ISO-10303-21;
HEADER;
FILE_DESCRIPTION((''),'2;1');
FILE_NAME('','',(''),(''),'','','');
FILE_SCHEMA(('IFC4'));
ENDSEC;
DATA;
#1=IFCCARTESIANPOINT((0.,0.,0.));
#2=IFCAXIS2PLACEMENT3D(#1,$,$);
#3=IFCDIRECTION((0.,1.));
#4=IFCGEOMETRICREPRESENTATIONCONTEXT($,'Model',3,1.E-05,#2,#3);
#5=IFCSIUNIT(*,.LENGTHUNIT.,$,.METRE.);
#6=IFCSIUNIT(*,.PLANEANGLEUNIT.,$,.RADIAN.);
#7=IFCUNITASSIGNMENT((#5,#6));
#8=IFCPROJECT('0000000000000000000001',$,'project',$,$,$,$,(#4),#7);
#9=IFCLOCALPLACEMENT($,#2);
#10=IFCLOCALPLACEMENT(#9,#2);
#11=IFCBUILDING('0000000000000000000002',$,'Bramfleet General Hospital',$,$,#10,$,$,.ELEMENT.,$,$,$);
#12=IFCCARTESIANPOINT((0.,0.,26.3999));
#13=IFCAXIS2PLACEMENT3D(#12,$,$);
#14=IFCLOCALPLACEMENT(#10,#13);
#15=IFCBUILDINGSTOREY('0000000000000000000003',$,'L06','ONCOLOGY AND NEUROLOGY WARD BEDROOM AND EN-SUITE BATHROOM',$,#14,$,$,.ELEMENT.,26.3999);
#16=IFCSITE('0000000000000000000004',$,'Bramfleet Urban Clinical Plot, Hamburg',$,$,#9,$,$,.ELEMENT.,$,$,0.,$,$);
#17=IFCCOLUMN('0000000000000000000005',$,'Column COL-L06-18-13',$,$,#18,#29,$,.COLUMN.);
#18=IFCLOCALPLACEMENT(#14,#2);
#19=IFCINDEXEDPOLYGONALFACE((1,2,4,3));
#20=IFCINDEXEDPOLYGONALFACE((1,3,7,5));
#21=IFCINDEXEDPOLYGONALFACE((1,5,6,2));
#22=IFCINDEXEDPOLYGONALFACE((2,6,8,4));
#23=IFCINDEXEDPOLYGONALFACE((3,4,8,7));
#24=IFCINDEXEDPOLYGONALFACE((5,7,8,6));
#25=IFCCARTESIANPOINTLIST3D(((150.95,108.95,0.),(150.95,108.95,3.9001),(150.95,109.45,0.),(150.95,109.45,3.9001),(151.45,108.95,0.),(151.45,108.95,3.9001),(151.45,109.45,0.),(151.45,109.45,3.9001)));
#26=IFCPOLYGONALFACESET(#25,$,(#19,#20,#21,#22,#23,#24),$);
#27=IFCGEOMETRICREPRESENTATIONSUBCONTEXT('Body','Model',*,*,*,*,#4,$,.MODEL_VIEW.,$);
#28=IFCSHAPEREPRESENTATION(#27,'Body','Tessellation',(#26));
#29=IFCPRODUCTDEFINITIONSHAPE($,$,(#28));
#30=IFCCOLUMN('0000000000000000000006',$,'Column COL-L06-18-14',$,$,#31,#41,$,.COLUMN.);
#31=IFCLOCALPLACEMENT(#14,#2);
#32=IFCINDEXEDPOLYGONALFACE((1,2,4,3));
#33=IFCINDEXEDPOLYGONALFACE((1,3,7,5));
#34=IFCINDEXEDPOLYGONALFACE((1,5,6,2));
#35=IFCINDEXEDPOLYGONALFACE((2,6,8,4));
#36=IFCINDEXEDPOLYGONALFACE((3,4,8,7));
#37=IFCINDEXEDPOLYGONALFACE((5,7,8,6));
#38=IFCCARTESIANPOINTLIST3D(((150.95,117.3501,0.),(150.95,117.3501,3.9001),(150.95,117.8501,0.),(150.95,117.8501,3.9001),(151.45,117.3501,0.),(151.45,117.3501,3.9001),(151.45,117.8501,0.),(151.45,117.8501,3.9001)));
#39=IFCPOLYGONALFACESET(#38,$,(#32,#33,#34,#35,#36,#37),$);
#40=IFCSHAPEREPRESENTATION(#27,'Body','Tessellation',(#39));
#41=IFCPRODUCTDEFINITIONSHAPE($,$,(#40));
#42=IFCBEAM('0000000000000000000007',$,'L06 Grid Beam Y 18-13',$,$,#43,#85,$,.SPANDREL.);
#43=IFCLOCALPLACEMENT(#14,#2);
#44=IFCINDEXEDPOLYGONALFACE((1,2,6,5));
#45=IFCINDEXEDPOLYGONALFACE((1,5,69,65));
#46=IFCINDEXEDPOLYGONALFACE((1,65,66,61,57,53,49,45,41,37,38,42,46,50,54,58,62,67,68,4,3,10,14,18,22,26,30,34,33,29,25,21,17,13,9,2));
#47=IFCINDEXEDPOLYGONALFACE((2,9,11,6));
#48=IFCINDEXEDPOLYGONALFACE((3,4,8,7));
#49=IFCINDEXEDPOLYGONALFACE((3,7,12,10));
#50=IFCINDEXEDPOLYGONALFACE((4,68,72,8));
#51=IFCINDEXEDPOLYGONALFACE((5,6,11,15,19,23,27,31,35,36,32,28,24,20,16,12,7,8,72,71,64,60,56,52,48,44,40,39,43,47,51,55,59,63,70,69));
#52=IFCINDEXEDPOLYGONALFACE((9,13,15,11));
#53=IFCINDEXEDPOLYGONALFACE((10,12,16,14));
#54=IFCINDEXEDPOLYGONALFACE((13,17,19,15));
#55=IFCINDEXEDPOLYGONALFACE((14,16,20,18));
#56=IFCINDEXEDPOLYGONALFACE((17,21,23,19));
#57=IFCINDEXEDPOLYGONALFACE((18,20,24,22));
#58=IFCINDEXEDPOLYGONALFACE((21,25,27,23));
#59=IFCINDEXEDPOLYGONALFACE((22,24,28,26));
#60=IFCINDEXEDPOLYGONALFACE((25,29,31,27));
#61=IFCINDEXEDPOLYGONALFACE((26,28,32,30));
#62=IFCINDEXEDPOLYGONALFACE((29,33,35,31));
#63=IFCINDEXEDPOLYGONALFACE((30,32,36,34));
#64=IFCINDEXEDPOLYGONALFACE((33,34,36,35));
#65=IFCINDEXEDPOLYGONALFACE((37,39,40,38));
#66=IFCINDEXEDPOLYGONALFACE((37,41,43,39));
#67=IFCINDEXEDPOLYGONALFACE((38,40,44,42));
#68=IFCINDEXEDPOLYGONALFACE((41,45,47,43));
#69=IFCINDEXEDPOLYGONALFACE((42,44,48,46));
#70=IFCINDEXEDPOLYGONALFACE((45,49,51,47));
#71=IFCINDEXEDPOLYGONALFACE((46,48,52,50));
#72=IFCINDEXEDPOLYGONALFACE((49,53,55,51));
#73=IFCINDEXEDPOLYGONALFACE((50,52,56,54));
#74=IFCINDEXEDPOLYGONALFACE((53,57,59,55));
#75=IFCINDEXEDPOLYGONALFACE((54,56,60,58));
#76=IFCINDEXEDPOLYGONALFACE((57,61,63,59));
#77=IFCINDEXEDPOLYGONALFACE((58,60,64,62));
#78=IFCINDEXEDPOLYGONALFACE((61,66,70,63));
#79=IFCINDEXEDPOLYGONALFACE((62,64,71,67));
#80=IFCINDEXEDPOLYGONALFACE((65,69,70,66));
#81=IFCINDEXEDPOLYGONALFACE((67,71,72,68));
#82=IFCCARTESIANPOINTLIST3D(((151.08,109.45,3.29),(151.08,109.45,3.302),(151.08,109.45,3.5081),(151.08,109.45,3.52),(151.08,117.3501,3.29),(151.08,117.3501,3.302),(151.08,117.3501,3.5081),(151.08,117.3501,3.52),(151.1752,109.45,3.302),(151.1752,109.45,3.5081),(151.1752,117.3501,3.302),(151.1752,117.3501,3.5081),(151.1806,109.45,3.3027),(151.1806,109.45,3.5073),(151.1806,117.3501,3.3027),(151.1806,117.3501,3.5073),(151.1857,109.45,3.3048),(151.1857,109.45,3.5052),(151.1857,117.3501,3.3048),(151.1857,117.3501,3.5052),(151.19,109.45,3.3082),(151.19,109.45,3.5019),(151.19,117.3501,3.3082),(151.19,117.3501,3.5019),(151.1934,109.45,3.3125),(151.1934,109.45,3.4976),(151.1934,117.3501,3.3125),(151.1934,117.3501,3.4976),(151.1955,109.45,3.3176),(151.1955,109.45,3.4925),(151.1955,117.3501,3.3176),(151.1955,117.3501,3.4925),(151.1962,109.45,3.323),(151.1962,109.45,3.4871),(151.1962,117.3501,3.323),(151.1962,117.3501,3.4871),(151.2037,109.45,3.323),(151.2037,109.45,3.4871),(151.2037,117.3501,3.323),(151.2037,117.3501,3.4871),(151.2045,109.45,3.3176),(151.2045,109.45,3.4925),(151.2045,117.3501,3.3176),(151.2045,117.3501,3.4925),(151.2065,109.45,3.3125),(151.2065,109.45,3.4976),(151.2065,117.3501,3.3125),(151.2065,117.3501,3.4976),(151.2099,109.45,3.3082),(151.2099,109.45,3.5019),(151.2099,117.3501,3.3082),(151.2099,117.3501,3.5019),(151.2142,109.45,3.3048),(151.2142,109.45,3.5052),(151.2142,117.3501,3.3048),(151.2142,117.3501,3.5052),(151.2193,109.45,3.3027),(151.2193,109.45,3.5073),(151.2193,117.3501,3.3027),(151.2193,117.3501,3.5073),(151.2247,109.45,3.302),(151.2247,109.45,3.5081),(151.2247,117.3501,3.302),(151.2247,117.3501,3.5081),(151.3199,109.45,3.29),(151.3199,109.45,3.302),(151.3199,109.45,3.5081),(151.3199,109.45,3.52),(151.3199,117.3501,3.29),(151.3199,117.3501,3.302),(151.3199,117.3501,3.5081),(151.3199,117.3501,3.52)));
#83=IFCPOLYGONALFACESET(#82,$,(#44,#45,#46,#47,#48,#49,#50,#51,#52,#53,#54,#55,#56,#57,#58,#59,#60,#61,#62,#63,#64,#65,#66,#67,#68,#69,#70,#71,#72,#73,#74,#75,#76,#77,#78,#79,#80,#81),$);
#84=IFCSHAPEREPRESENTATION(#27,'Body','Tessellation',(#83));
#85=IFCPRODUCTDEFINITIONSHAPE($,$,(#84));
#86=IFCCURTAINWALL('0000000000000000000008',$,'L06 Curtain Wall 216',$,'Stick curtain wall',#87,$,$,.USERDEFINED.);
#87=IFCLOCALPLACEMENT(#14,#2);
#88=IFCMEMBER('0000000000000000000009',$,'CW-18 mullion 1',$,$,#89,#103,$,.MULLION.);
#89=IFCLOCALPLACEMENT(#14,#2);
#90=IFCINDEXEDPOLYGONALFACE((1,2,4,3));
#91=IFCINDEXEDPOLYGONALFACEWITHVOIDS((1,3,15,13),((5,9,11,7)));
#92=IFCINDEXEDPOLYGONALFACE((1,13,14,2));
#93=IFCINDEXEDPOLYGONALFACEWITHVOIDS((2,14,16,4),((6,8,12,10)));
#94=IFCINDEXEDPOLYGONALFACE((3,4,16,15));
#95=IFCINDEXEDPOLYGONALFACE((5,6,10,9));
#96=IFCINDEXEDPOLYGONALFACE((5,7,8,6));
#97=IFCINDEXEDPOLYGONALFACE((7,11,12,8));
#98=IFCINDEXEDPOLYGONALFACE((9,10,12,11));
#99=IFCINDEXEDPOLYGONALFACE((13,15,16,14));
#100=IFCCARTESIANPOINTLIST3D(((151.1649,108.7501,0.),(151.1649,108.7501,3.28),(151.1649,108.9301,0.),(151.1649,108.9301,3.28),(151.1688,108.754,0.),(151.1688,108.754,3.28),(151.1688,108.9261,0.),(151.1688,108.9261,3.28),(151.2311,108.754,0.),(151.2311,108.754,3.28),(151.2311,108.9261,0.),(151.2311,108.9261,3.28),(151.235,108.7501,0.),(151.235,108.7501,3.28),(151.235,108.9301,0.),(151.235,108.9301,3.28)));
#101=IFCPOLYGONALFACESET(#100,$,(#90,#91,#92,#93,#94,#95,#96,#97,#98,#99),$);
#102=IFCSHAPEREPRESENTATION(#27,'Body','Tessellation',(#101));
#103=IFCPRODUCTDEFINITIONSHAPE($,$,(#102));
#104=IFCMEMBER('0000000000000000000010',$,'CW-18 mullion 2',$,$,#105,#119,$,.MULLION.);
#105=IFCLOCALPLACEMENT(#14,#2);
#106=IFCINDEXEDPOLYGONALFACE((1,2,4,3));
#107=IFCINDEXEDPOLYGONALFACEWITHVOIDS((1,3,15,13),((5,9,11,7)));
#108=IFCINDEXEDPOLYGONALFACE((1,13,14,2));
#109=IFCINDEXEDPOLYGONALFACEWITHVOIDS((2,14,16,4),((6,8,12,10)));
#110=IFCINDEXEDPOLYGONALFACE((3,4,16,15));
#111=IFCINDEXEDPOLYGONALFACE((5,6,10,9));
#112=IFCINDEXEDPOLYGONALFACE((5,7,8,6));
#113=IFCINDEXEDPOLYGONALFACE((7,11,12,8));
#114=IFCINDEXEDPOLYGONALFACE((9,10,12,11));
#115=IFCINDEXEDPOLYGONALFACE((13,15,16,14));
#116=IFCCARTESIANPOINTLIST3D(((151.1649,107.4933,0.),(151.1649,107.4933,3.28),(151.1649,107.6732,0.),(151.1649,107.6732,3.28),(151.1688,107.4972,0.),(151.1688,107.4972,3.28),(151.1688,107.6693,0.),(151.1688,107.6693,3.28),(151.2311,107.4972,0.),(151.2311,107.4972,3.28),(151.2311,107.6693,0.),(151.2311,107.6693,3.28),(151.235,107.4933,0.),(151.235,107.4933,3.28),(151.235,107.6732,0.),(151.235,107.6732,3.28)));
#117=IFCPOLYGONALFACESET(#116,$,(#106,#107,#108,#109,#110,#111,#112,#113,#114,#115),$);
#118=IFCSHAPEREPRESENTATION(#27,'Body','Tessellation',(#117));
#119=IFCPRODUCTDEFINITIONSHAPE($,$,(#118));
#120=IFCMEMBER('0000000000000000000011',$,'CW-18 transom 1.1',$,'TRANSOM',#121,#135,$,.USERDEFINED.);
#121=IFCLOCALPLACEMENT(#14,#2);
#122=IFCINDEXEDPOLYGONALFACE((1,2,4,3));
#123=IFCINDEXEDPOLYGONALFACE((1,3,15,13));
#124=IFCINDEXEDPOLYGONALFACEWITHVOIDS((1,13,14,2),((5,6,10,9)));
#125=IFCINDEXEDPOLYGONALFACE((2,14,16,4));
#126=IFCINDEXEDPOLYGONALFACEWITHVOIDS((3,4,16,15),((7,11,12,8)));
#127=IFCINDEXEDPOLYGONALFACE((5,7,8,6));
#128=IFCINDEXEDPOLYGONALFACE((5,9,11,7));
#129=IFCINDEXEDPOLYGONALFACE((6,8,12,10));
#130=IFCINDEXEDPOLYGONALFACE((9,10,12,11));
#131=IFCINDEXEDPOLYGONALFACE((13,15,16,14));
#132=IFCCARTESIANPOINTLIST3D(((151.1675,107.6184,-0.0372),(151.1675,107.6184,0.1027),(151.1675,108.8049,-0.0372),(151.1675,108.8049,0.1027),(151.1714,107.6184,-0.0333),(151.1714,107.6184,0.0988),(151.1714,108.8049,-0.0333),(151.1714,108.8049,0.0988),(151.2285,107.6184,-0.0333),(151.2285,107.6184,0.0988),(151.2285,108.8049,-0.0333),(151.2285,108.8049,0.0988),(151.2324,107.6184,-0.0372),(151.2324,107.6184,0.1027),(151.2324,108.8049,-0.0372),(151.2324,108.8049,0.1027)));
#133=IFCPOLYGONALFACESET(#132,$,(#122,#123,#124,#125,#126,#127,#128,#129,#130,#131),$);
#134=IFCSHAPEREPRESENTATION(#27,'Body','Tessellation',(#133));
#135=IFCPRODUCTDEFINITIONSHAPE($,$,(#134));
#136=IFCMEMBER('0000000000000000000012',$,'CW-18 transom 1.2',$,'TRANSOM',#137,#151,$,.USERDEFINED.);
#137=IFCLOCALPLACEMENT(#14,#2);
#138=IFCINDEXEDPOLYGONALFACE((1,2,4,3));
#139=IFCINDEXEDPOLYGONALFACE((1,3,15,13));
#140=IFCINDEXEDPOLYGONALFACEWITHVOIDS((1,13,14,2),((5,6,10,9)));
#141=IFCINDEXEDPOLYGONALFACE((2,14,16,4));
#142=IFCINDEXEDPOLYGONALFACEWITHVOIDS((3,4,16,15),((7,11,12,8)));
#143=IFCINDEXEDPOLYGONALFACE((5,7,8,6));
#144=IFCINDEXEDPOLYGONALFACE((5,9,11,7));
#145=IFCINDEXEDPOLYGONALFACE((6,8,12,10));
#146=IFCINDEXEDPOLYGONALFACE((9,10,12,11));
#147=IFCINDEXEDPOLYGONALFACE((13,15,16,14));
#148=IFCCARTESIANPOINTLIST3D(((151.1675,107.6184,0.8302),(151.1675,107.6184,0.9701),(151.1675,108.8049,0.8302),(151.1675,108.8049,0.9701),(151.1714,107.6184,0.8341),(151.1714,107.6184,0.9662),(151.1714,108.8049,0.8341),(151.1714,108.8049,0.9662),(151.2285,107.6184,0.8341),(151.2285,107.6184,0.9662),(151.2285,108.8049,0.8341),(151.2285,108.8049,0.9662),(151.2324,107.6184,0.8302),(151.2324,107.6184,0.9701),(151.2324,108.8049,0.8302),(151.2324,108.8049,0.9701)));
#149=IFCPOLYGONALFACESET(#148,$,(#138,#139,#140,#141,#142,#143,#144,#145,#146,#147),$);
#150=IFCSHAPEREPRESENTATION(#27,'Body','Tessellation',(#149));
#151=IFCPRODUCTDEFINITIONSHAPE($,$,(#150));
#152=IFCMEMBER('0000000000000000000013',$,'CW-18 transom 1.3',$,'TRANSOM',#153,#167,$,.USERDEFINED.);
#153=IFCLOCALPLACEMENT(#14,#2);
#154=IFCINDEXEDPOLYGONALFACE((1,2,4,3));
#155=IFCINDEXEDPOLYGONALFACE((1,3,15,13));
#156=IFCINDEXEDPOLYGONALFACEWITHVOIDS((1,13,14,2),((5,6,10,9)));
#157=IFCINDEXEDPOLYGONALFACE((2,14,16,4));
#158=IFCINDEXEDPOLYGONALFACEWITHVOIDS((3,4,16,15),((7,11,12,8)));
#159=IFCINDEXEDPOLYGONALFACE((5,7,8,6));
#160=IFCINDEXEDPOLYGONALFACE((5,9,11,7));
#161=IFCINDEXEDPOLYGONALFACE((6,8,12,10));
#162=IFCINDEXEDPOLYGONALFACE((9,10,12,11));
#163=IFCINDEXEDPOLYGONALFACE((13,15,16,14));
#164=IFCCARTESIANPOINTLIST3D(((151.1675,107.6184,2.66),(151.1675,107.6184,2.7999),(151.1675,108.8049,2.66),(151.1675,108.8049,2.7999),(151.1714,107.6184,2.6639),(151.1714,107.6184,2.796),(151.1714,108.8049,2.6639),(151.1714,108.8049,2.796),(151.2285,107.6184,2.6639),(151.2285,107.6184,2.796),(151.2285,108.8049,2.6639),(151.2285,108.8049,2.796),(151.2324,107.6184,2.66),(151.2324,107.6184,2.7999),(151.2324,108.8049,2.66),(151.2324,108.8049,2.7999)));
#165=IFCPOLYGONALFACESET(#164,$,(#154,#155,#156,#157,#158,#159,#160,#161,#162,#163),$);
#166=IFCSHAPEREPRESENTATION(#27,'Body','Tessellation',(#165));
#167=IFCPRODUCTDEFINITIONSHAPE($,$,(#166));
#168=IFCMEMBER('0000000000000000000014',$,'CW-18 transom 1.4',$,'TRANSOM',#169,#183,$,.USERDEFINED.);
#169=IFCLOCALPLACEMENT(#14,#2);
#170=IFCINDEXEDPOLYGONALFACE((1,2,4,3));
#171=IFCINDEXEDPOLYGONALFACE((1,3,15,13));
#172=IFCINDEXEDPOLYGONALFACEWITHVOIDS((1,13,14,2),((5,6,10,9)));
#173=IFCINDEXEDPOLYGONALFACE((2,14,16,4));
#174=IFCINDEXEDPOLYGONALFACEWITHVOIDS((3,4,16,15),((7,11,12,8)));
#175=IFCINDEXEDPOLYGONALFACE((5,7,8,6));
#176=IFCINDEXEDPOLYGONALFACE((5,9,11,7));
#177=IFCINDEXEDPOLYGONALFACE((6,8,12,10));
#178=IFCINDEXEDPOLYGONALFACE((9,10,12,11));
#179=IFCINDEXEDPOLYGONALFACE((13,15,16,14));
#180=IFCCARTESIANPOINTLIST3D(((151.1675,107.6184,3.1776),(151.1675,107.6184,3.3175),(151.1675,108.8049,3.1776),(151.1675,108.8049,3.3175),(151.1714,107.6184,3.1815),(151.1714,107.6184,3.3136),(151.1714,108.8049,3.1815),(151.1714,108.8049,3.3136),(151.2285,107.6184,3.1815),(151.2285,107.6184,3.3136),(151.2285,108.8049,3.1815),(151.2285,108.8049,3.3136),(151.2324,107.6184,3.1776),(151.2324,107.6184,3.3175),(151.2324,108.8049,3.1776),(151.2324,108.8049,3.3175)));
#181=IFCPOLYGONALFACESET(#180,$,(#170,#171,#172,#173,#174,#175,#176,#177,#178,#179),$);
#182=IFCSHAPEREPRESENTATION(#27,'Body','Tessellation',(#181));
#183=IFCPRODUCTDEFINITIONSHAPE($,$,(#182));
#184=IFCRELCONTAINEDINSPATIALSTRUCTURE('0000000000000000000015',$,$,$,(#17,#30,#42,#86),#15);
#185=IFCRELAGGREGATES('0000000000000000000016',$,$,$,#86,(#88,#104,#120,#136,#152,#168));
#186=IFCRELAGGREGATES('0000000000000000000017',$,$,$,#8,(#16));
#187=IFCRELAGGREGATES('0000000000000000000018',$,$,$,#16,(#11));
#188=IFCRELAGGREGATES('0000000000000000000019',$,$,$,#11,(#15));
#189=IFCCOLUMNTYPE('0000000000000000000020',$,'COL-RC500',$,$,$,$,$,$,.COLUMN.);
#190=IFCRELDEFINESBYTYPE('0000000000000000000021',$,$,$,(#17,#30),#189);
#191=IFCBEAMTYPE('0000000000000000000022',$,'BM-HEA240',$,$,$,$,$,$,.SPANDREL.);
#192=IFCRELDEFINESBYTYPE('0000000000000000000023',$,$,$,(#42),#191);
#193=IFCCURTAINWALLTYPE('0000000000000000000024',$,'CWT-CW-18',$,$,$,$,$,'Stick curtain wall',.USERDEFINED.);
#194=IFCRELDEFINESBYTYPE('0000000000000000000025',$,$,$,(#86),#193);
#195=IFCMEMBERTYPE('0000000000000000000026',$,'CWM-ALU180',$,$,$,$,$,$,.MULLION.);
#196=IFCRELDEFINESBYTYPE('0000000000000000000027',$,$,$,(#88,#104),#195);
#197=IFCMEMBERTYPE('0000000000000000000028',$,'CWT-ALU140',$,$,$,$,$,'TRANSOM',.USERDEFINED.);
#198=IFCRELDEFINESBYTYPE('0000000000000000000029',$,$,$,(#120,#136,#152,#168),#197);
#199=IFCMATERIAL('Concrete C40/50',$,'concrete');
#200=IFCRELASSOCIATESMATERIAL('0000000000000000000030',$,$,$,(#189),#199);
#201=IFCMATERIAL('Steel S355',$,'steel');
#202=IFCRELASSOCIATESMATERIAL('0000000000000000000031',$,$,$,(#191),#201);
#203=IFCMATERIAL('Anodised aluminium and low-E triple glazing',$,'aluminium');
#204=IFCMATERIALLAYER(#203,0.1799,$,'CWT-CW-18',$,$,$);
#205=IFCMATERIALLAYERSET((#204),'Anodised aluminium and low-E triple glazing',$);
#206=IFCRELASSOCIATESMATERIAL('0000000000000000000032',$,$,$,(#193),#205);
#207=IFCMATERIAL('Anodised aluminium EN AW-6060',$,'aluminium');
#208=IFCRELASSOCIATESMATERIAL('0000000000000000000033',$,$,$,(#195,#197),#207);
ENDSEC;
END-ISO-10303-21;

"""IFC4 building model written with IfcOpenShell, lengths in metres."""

from ifc_helpers import new_model, si_unit, direction, frame, origin, origin_2d, place, context, subcontext, project, spatial, rectangle, hollow_rectangle, i_section, extrude, material, layer, layer_set, material_profile, profile_set, type_object, element, aggregate, save


model = new_model("IFC4")

# Units and contexts
model_context = context("Model", 3, precision=1e-05, world=origin(), true_north=direction((0.0, 1.0)))
body_context = subcontext(model_context, "Body", "Model", "MODEL_VIEW")
ifc_project = project(units=[si_unit("LENGTHUNIT", "METRE"), si_unit("PLANEANGLEUNIT", "RADIAN")], contexts=[model_context])

# Site, building, storey
site_placement = place(None, origin())
site = spatial("IfcSite", under=ifc_project, at=site_placement, Name="Bramfleet Urban Clinical Plot, Hamburg", CompositionType="ELEMENT", RefElevation=0.0)
building_placement = place(site_placement, origin())
building = spatial("IfcBuilding", under=site, at=building_placement, Name="Bramfleet General Hospital", CompositionType="ELEMENT")
storey_placement = place(building_placement, frame((0.0, 0.0, 26.3999)))
storey = spatial("IfcBuildingStorey", under=building, at=storey_placement, Name="L06", Description="ONCOLOGY AND NEUROLOGY WARD BEDROOM AND EN-SUITE BATHROOM", CompositionType="ELEMENT", Elevation=26.3999)

# Columns
ifc_material_1 = material(Name="Concrete C40/50", Category="concrete")
ifc_material_profile_1 = material_profile(ifc_material_1, rectangle(XDim=0.5, YDim=0.5, at=origin_2d()), Name="RC COL 500x500")
ifc_profile_set_1 = profile_set([ifc_material_profile_1], Name="Concrete C40/50")
column_type = type_object("IfcColumnType", Name="COL-RC500", PredefinedType="COLUMN", material=ifc_profile_set_1)
for number, where, z_axis, x_axis, name in (
    (1, (151.2, 109.2, 0.0), (0.0, 0.0, 1.0), (1.0, 0.0, 0.0), "Column COL-L06-18-13"),
    (2, (151.2, 117.6001, 0.0), (0.0, 0.0, 1.0), (1.0, 0.0, 0.0), "Column COL-L06-18-14"),
):
    element("IfcColumn", number, at=place(storey_placement, frame(where, z_axis=z_axis, x_axis=x_axis)), inside=storey, type_object=column_type, Name=name, PredefinedType="COLUMN", context=body_context, shape_type="SweptSolid", body=[
        extrude(rectangle(XDim=0.5, YDim=0.5, at=origin_2d()), origin(), (0.0, 0.0, 1.0), 3.9001),
    ])

# Beam
ifc_material_2 = material(Name="Steel S355", Category="steel")
ifc_material_profile_2 = material_profile(ifc_material_2, i_section(OverallWidth=0.24, OverallDepth=0.23, WebThickness=0.0076, FlangeThickness=0.012, FilletRadius=0.021, at=origin_2d()), Name="HEA 240")
ifc_profile_set_2 = profile_set([ifc_material_profile_2], Name="Steel S355")
beam_type = type_object("IfcBeamType", Name="BM-HEA240", PredefinedType="SPANDREL", material=ifc_profile_set_2)
beam_placement = place(storey_placement, frame((151.2, 109.45, 3.405), z_axis=(0.0, 1.0, 0.0), x_axis=(-1.0, 0.0, 0.0)))
element("IfcBeam", 3, at=beam_placement, inside=storey, type_object=beam_type, Name="L06 Grid Beam Y 18-13", PredefinedType="SPANDREL", context=body_context, shape_type="SweptSolid", body=[
    extrude(i_section(OverallWidth=0.24, OverallDepth=0.23, WebThickness=0.0076, FlangeThickness=0.012, FilletRadius=0.021, at=origin_2d()), origin(), (0.0, 0.0, 1.0), 7.9001),
])

# Curtain wall, members
ifc_material_3 = material(Name="Anodised aluminium and low-E triple glazing", Category="aluminium")
ifc_layer_1 = layer(ifc_material_3, 0.1799, Name="CWT-CW-18")
ifc_layer_set_1 = layer_set([ifc_layer_1], Name="Anodised aluminium and low-E triple glazing")
curtain_wall_type = type_object("IfcCurtainWallType", Name="CWT-CW-18", ElementType="Stick curtain wall", PredefinedType="USERDEFINED", material=ifc_layer_set_1)
curtain_wall_placement = place(storey_placement, origin())
curtain_wall = element("IfcCurtainWall", 4, at=curtain_wall_placement, inside=storey, type_object=curtain_wall_type, Name="L06 Curtain Wall 216", ObjectType="Stick curtain wall", PredefinedType="USERDEFINED")
ifc_material_4 = material(Name="Anodised aluminium EN AW-6060", Category="aluminium")
ifc_material_profile_3 = material_profile(ifc_material_4, hollow_rectangle(XDim=0.0701, YDim=0.1799, WallThickness=0.0039, at=origin_2d()), Name="ALU 180x70x4.0")
ifc_profile_set_3 = profile_set([ifc_material_profile_3], Name="Anodised aluminium EN AW-6060")
member_type_1 = type_object("IfcMemberType", Name="CWM-ALU180", PredefinedType="MULLION", material=ifc_profile_set_3)
member_1_placement = place(storey_placement, frame((151.2, 108.8401, 0.0), z_axis=(0.0, 0.0, 1.0), x_axis=(1.0, 0.0, 0.0)))
member_1 = element("IfcMember", 5, at=member_1_placement, type_object=member_type_1, Name="CW-18 mullion 1", PredefinedType="MULLION", context=body_context, shape_type="SweptSolid", body=[
    extrude(hollow_rectangle(XDim=0.0701, YDim=0.1799, WallThickness=0.0039, at=origin_2d()), origin(), (0.0, 0.0, 1.0), 3.28),
])
member_2_placement = place(storey_placement, frame((151.2, 107.5833, 0.0), z_axis=(0.0, 0.0, 1.0), x_axis=(1.0, 0.0, 0.0)))
member_2 = element("IfcMember", 6, at=member_2_placement, type_object=member_type_1, Name="CW-18 mullion 2", PredefinedType="MULLION", context=body_context, shape_type="SweptSolid", body=[
    extrude(hollow_rectangle(XDim=0.0701, YDim=0.1799, WallThickness=0.0039, at=origin_2d()), origin(), (0.0, 0.0, 1.0), 3.28),
])
ifc_material_profile_4 = material_profile(ifc_material_4, hollow_rectangle(XDim=0.0649, YDim=0.1399, WallThickness=0.0039, at=origin_2d()), Name="ALU 140x65x4.0")
ifc_profile_set_4 = profile_set([ifc_material_profile_4], Name="Anodised aluminium EN AW-6060")
member_type_2 = type_object("IfcMemberType", Name="CWT-ALU140", ElementType="TRANSOM", PredefinedType="USERDEFINED", material=ifc_profile_set_4)
member_3_placement = place(storey_placement, frame((151.2, 108.8049, 0.0327), z_axis=(0.0, -1.0, 0.0), x_axis=(1.0, 0.0, 0.0)))
member_3 = element("IfcMember", 7, at=member_3_placement, type_object=member_type_2, Name="CW-18 transom 1.1", ObjectType="TRANSOM", PredefinedType="USERDEFINED", context=body_context, shape_type="SweptSolid", body=[
    extrude(hollow_rectangle(XDim=0.0649, YDim=0.1399, WallThickness=0.0039, at=origin_2d()), origin(), (0.0, 0.0, 1.0), 1.1865),
])
member_4_placement = place(storey_placement, frame((151.2, 108.8049, 0.9001), z_axis=(0.0, -1.0, 0.0), x_axis=(1.0, 0.0, 0.0)))
member_4 = element("IfcMember", 8, at=member_4_placement, type_object=member_type_2, Name="CW-18 transom 1.2", ObjectType="TRANSOM", PredefinedType="USERDEFINED", context=body_context, shape_type="SweptSolid", body=[
    extrude(hollow_rectangle(XDim=0.0649, YDim=0.1399, WallThickness=0.0039, at=origin_2d()), origin(), (0.0, 0.0, 1.0), 1.1865),
])
member_5_placement = place(storey_placement, frame((151.2, 108.8049, 2.73), z_axis=(0.0, -1.0, 0.0), x_axis=(1.0, 0.0, 0.0)))
member_5 = element("IfcMember", 9, at=member_5_placement, type_object=member_type_2, Name="CW-18 transom 1.3", ObjectType="TRANSOM", PredefinedType="USERDEFINED", context=body_context, shape_type="SweptSolid", body=[
    extrude(hollow_rectangle(XDim=0.0649, YDim=0.1399, WallThickness=0.0039, at=origin_2d()), origin(), (0.0, 0.0, 1.0), 1.1865),
])
member_6_placement = place(storey_placement, frame((151.2, 108.8049, 3.2476), z_axis=(0.0, -1.0, 0.0), x_axis=(1.0, 0.0, 0.0)))
member_6 = element("IfcMember", 10, at=member_6_placement, type_object=member_type_2, Name="CW-18 transom 1.4", ObjectType="TRANSOM", PredefinedType="USERDEFINED", context=body_context, shape_type="SweptSolid", body=[
    extrude(hollow_rectangle(XDim=0.0649, YDim=0.1399, WallThickness=0.0039, at=origin_2d()), origin(), (0.0, 0.0, 1.0), 1.1865),
])
aggregate(curtain_wall, [member_1, member_2, member_3, member_4, member_5, member_6])

save(model, "model.ifc")
